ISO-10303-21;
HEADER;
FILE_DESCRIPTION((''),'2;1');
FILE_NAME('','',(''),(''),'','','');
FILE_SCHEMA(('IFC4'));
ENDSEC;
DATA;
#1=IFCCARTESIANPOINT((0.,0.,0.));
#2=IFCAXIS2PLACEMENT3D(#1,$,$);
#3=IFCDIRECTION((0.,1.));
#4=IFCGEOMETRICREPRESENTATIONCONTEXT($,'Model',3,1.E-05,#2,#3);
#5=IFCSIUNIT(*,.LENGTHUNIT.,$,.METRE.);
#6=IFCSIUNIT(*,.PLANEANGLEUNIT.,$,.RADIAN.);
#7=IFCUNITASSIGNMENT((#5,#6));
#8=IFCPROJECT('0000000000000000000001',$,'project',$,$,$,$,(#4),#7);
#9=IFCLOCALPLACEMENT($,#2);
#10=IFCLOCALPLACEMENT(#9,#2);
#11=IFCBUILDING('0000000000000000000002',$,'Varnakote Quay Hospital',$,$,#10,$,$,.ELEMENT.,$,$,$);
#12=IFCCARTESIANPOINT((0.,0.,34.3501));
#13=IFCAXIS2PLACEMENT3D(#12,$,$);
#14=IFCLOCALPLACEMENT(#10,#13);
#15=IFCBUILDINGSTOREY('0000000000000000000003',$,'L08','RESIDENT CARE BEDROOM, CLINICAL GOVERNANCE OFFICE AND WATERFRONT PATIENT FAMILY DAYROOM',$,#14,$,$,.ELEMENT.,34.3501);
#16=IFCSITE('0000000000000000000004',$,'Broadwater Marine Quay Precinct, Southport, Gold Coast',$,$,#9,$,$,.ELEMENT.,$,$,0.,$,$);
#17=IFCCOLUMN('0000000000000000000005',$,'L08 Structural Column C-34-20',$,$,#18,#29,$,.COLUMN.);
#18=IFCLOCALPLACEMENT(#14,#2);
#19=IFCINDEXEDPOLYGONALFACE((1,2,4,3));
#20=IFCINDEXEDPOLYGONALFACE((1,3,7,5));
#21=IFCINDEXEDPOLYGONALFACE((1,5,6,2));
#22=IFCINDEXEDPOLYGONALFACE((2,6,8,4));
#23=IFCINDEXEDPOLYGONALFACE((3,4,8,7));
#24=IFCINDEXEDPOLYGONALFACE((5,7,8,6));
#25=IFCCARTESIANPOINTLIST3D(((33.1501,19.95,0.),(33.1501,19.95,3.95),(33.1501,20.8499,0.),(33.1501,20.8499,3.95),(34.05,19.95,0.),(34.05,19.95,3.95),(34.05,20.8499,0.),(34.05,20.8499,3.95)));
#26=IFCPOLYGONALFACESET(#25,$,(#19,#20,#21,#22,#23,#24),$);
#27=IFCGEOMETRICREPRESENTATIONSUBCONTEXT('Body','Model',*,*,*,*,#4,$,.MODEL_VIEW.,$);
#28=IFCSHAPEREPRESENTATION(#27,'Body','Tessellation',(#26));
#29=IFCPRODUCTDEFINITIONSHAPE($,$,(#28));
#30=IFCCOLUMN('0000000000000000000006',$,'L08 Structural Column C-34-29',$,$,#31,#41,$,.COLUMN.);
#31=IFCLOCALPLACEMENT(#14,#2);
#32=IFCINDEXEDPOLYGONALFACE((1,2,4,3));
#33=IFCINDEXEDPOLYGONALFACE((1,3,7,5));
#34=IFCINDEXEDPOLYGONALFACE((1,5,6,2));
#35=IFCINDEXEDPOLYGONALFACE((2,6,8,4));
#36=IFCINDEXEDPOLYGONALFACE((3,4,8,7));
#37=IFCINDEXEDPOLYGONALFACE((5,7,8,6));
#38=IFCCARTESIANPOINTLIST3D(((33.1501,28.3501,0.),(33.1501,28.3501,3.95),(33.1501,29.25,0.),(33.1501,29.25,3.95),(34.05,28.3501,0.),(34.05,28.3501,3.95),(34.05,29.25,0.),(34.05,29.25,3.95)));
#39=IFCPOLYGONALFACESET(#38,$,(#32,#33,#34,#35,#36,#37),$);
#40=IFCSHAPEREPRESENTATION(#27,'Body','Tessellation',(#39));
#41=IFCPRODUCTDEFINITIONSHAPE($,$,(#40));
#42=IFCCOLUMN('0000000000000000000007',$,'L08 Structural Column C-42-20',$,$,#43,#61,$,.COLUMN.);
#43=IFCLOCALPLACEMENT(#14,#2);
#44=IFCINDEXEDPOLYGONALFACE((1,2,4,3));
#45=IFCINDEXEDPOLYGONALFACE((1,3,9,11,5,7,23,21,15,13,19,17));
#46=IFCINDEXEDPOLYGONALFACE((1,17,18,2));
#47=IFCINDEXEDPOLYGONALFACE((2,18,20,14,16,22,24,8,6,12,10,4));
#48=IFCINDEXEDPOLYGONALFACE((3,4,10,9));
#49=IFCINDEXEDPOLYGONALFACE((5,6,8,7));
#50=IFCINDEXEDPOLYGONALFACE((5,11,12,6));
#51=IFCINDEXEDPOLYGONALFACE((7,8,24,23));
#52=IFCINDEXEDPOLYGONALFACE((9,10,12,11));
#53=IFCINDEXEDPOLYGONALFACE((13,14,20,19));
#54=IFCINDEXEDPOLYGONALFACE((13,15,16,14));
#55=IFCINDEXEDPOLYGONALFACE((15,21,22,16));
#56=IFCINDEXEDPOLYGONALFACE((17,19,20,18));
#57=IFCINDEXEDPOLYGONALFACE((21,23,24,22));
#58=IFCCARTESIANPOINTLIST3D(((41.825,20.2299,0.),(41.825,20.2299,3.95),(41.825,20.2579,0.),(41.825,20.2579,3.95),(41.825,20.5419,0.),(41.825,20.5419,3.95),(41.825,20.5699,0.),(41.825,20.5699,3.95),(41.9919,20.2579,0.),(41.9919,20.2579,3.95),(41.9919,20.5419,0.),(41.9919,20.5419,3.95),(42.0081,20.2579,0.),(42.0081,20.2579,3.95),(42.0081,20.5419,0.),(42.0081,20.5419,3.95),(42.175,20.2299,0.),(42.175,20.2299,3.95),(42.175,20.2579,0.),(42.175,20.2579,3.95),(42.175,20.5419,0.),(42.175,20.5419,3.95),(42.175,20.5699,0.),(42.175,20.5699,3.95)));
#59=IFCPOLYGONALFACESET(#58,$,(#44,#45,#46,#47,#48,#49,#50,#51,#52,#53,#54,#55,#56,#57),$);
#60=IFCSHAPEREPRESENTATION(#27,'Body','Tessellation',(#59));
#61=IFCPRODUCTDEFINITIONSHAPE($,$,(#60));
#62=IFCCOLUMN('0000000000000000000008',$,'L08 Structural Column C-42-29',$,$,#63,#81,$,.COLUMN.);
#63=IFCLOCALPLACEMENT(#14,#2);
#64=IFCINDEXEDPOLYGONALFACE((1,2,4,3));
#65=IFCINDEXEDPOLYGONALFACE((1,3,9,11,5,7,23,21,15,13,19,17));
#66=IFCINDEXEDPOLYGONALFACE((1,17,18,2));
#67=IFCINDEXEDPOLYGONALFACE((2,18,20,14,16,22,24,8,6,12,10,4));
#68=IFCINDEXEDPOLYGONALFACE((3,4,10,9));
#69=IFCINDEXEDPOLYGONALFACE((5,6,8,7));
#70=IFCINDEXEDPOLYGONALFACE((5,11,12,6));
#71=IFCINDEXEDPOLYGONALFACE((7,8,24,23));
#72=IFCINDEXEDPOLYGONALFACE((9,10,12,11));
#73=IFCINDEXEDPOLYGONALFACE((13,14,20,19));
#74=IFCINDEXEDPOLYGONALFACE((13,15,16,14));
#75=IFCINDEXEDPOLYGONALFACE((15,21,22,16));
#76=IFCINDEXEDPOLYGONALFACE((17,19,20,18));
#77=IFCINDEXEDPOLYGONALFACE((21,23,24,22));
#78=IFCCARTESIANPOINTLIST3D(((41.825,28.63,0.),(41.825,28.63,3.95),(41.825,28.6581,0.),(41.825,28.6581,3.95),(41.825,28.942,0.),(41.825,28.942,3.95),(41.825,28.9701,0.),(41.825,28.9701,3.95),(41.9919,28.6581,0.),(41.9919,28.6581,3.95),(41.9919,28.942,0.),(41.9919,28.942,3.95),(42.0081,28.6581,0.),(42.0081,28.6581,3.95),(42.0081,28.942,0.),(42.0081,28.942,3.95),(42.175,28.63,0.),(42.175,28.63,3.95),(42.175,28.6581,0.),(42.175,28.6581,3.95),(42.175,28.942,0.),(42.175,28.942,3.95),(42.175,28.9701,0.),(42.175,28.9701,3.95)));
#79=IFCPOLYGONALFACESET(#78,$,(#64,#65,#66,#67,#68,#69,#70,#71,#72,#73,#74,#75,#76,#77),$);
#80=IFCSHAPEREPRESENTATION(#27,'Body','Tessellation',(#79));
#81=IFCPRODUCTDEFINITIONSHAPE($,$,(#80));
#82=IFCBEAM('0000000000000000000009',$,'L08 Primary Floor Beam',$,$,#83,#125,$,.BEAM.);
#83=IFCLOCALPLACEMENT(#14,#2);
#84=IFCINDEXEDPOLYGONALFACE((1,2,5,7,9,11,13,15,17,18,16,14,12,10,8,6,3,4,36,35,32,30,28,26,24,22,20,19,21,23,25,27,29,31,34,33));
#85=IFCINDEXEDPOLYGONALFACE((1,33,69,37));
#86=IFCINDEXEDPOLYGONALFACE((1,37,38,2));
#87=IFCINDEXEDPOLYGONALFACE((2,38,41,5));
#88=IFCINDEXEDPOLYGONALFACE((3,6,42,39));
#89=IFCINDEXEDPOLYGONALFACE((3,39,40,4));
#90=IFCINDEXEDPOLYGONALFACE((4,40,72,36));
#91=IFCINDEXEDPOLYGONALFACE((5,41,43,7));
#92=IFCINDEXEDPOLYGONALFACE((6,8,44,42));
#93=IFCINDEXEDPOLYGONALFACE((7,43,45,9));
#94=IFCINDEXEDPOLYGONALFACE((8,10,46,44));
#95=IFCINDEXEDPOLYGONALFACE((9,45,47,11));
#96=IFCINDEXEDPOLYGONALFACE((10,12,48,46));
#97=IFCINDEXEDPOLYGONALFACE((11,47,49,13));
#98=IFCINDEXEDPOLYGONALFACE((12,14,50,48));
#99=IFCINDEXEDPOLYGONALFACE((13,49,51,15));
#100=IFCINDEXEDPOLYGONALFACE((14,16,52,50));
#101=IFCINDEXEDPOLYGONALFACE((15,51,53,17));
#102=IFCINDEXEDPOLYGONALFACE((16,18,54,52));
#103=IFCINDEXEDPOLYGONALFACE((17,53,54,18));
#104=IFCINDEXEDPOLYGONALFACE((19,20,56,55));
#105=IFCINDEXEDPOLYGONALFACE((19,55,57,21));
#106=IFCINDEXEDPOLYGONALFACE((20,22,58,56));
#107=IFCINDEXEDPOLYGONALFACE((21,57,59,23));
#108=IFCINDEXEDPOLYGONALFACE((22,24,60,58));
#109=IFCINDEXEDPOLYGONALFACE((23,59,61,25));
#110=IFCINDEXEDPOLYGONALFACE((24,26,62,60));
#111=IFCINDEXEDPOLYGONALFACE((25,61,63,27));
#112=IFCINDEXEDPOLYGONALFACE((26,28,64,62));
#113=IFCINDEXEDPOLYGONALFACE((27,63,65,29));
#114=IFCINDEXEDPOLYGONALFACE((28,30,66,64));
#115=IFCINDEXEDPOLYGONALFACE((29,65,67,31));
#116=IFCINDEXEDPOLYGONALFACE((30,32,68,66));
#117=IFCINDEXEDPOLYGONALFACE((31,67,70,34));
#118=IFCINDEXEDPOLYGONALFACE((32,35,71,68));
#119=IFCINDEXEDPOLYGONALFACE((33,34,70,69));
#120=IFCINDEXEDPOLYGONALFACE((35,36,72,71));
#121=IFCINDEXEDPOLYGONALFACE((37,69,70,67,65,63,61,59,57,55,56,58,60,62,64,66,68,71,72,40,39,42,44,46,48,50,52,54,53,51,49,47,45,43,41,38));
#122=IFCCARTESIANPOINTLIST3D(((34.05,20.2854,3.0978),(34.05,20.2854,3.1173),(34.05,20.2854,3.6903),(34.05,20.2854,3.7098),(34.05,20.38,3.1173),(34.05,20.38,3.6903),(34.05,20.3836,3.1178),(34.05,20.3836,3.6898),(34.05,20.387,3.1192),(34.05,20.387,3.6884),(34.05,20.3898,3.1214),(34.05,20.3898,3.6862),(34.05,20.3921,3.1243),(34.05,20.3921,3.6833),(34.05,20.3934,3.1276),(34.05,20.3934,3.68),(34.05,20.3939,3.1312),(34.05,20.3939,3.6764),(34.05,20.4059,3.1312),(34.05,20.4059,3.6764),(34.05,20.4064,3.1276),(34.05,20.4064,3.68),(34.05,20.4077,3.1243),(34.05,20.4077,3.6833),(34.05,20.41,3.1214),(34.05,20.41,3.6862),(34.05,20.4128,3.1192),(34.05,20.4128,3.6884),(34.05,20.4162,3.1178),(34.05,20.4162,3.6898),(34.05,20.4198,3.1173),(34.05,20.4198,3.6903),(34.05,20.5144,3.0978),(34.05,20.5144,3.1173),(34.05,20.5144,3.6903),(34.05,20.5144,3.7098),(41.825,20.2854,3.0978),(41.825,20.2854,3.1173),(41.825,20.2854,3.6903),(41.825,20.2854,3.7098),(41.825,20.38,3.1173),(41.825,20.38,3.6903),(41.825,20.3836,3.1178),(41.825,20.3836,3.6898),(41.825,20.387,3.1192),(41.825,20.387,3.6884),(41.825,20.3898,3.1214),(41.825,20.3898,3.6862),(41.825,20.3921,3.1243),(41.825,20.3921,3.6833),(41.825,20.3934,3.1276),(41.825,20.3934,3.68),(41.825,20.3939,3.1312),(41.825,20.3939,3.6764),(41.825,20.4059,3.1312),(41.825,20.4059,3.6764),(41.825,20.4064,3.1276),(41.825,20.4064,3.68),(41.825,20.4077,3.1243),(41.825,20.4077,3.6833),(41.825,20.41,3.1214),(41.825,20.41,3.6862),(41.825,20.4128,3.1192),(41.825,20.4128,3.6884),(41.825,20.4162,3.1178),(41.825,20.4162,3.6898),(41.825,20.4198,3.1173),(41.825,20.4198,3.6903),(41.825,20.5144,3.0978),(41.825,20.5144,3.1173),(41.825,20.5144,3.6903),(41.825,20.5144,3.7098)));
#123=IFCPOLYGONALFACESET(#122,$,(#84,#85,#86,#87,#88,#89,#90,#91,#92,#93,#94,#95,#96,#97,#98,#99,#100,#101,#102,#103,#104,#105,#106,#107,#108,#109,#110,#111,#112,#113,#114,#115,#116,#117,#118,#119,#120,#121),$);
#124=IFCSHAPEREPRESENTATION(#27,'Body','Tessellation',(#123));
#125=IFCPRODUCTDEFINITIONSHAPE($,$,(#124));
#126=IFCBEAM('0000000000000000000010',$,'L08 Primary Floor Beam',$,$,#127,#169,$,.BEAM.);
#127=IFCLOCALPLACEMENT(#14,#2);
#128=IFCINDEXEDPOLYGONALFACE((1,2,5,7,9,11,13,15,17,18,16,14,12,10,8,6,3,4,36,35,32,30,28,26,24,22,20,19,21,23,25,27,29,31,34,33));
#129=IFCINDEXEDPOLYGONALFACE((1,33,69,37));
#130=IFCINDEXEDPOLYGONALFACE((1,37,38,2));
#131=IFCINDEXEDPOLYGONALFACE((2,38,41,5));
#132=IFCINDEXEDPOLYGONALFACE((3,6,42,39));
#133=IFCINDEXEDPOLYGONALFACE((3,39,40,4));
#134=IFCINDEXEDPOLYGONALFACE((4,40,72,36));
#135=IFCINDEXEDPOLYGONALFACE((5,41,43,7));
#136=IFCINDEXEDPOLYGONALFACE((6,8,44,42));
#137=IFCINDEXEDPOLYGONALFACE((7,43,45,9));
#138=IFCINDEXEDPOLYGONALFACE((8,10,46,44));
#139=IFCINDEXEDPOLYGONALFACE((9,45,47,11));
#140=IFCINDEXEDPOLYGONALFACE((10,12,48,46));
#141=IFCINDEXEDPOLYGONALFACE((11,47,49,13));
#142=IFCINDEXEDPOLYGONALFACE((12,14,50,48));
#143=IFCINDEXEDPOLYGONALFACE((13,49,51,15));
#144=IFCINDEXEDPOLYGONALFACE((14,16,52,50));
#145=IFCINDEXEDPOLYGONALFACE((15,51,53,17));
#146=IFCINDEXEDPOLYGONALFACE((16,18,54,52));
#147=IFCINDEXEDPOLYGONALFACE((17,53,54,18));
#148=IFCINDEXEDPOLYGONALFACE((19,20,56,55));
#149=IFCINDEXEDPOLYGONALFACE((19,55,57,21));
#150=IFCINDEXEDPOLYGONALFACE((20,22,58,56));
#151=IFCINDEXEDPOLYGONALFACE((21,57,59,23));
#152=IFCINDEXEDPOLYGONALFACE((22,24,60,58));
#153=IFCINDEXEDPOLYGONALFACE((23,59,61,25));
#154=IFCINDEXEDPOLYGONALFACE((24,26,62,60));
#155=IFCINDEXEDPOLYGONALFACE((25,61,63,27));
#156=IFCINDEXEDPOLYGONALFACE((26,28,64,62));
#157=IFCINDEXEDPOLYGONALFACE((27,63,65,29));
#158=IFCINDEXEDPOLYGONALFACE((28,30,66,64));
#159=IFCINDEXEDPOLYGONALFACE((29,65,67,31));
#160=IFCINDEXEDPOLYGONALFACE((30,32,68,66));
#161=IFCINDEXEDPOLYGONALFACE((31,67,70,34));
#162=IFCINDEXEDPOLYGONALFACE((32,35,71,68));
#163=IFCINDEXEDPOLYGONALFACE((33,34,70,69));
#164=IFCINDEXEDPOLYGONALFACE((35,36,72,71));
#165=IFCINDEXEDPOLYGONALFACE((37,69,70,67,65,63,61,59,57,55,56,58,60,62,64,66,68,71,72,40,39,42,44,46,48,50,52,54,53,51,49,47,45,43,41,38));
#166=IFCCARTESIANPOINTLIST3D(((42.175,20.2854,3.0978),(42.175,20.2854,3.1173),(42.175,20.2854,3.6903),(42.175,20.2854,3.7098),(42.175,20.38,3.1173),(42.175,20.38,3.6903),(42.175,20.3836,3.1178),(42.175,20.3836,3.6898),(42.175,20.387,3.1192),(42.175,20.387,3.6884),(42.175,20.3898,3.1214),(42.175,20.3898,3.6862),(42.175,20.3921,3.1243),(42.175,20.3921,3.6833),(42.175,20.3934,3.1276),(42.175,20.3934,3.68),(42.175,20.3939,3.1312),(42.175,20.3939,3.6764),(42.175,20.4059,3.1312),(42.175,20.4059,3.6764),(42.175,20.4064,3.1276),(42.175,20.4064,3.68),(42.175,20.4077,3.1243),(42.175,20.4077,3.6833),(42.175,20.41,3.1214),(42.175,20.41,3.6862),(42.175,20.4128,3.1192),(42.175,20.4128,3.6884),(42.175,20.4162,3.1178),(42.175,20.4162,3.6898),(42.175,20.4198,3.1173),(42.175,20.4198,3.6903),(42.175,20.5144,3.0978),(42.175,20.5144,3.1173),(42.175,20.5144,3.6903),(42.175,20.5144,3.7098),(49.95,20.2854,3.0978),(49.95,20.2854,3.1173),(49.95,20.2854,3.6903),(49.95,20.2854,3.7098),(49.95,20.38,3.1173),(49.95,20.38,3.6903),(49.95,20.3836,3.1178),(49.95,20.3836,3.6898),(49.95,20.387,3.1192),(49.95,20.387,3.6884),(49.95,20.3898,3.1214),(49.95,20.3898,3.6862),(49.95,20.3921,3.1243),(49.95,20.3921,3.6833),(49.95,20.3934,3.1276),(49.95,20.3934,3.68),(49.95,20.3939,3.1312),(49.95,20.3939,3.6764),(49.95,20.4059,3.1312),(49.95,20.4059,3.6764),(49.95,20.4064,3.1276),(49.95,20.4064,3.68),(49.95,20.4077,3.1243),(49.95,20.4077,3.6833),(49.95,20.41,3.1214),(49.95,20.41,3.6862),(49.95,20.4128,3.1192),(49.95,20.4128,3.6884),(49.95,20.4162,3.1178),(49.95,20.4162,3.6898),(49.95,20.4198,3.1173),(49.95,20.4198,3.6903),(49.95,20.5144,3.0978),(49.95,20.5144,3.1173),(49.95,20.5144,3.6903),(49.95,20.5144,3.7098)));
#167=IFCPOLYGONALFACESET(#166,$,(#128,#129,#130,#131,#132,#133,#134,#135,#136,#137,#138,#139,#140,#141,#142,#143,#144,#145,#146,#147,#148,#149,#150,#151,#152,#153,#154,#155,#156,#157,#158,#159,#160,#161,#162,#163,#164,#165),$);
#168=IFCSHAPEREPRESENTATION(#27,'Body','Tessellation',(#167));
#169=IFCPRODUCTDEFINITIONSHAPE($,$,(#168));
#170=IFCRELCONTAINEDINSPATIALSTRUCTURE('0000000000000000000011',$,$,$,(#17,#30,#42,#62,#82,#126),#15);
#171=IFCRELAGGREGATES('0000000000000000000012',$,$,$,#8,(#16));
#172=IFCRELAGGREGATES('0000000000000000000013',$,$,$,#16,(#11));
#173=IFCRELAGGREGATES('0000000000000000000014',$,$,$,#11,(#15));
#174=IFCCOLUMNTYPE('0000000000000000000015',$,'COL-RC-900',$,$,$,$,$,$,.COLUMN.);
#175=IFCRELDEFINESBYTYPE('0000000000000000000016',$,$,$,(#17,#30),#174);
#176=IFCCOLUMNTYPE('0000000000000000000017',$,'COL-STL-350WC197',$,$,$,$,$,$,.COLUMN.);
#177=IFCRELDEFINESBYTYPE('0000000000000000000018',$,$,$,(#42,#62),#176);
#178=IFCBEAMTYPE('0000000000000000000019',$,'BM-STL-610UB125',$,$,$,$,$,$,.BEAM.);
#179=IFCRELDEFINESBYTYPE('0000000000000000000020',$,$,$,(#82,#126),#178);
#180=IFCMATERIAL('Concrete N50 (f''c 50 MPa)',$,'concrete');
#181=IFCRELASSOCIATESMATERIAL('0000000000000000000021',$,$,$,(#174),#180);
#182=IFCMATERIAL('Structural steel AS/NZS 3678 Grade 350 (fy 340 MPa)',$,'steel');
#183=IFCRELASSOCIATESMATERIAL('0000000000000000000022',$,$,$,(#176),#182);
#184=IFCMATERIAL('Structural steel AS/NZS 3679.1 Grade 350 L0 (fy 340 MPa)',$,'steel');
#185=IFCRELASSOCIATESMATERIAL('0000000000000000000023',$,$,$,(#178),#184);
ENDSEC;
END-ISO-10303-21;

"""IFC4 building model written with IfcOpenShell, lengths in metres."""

from ifc_helpers import new_model, si_unit, direction, frame, origin, origin_2d, place, context, subcontext, project, spatial, rectangle, i_section, extrude, material, material_profile, profile_set, type_object, element, save


model = new_model("IFC4")

# Units and contexts
model_context = context("Model", 3, precision=1e-05, world=origin(), true_north=direction((0.0, 1.0)))
body_context = subcontext(model_context, "Body", "Model", "MODEL_VIEW")
ifc_project = project(units=[si_unit("LENGTHUNIT", "METRE"), si_unit("PLANEANGLEUNIT", "RADIAN")], contexts=[model_context])

# Site, building, storey
site_placement = place(None, origin())
site = spatial("IfcSite", under=ifc_project, at=site_placement, Name="Broadwater Marine Quay Precinct, Southport, Gold Coast", CompositionType="ELEMENT", RefElevation=0.0)
building_placement = place(site_placement, origin())
building = spatial("IfcBuilding", under=site, at=building_placement, Name="Varnakote Quay Hospital", CompositionType="ELEMENT")
storey_placement = place(building_placement, frame((0.0, 0.0, 34.3501)))
storey = spatial("IfcBuildingStorey", under=building, at=storey_placement, Name="L08", Description="RESIDENT CARE BEDROOM, CLINICAL GOVERNANCE OFFICE AND WATERFRONT PATIENT FAMILY DAYROOM", CompositionType="ELEMENT", Elevation=34.3501)

# Columns
ifc_material_1 = material(Name="Concrete N50 (f'c 50 MPa)", Category="concrete")
ifc_material_profile_1 = material_profile(ifc_material_1, rectangle(XDim=0.8999, YDim=0.8999, at=origin_2d()), Name="RC-COL-900x900")
ifc_profile_set_1 = profile_set([ifc_material_profile_1], Name="Concrete N50 (f'c 50 MPa)")
column_type_1 = type_object("IfcColumnType", Name="COL-RC-900", PredefinedType="COLUMN", material=ifc_profile_set_1)
for number, where, z_axis, x_axis, name in (
    (1, (33.6001, 20.3999, 0.0), (0.0, 0.0, 1.0), (1.0, 0.0, 0.0), "L08 Structural Column C-34-20"),
    (2, (33.6001, 28.8, 0.0), (0.0, 0.0, 1.0), (1.0, 0.0, 0.0), "L08 Structural Column C-34-29"),
):
    element("IfcColumn", number, at=place(storey_placement, frame(where, z_axis=z_axis, x_axis=x_axis)), inside=storey, type_object=column_type_1, Name=name, PredefinedType="COLUMN", context=body_context, shape_type="SweptSolid", body=[
        extrude(rectangle(XDim=0.8999, YDim=0.8999, at=origin_2d()), origin(), (0.0, 0.0, 1.0), 3.95),
    ])
ifc_material_2 = material(Name="Structural steel AS/NZS 3678 Grade 350 (fy 340 MPa)", Category="steel")
ifc_material_profile_2 = material_profile(ifc_material_2, i_section(OverallWidth=0.3501, OverallDepth=0.3401, WebThickness=0.0161, FlangeThickness=0.0281, at=origin_2d()), Name="350WC197")
ifc_profile_set_2 = profile_set([ifc_material_profile_2], Name="Structural steel AS/NZS 3678 Grade 350 (fy 340 MPa)")
column_type_2 = type_object("IfcColumnType", Name="COL-STL-350WC197", PredefinedType="COLUMN", material=ifc_profile_set_2)
for number, where, z_axis, x_axis, name in (
    (3, (42.0, 20.3999, 0.0), (0.0, 0.0, 1.0), (1.0, 0.0, 0.0), "L08 Structural Column C-42-20"),
    (4, (42.0, 28.8, 0.0), (0.0, 0.0, 1.0), (1.0, 0.0, 0.0), "L08 Structural Column C-42-29"),
):
    element("IfcColumn", number, at=place(storey_placement, frame(where, z_axis=z_axis, x_axis=x_axis)), inside=storey, type_object=column_type_2, Name=name, PredefinedType="COLUMN", context=body_context, shape_type="SweptSolid", body=[
        extrude(i_section(OverallWidth=0.3501, OverallDepth=0.3401, WebThickness=0.0161, FlangeThickness=0.0281, at=origin_2d()), origin(), (0.0, 0.0, 1.0), 3.95),
    ])

# Beams
ifc_material_3 = material(Name="Structural steel AS/NZS 3679.1 Grade 350 L0 (fy 340 MPa)", Category="steel")
ifc_material_profile_3 = material_profile(ifc_material_3, i_section(OverallWidth=0.229, OverallDepth=0.6121, WebThickness=0.012, FlangeThickness=0.0195, FilletRadius=0.0139, at=origin_2d()), Name="610UB125")
ifc_profile_set_3 = profile_set([ifc_material_profile_3], Name="Structural steel AS/NZS 3679.1 Grade 350 L0 (fy 340 MPa)")
beam_type_1 = type_object("IfcBeamType", Name="BM-STL-610UB125", PredefinedType="BEAM", material=ifc_profile_set_3)
for number, where, z_axis, x_axis, name in (
    (5, (34.05, 20.3999, 3.4038), (1.0, 0.0, 0.0), (0.0, 1.0, 0.0), "L08 Primary Floor Beam"),
    (6, (42.175, 20.3999, 3.4038), (1.0, 0.0, 0.0), (0.0, 1.0, 0.0), "L08 Primary Floor Beam"),
):
    element("IfcBeam", number, at=place(storey_placement, frame(where, z_axis=z_axis, x_axis=x_axis)), inside=storey, type_object=beam_type_1, Name=name, PredefinedType="BEAM", context=body_context, shape_type="SweptSolid", body=[
        extrude(i_section(OverallWidth=0.229, OverallDepth=0.6121, WebThickness=0.012, FlangeThickness=0.0195, FilletRadius=0.0139, at=origin_2d()), origin(), (0.0, 0.0, 1.0), 7.7749),
    ])

save(model, "model.ifc")
